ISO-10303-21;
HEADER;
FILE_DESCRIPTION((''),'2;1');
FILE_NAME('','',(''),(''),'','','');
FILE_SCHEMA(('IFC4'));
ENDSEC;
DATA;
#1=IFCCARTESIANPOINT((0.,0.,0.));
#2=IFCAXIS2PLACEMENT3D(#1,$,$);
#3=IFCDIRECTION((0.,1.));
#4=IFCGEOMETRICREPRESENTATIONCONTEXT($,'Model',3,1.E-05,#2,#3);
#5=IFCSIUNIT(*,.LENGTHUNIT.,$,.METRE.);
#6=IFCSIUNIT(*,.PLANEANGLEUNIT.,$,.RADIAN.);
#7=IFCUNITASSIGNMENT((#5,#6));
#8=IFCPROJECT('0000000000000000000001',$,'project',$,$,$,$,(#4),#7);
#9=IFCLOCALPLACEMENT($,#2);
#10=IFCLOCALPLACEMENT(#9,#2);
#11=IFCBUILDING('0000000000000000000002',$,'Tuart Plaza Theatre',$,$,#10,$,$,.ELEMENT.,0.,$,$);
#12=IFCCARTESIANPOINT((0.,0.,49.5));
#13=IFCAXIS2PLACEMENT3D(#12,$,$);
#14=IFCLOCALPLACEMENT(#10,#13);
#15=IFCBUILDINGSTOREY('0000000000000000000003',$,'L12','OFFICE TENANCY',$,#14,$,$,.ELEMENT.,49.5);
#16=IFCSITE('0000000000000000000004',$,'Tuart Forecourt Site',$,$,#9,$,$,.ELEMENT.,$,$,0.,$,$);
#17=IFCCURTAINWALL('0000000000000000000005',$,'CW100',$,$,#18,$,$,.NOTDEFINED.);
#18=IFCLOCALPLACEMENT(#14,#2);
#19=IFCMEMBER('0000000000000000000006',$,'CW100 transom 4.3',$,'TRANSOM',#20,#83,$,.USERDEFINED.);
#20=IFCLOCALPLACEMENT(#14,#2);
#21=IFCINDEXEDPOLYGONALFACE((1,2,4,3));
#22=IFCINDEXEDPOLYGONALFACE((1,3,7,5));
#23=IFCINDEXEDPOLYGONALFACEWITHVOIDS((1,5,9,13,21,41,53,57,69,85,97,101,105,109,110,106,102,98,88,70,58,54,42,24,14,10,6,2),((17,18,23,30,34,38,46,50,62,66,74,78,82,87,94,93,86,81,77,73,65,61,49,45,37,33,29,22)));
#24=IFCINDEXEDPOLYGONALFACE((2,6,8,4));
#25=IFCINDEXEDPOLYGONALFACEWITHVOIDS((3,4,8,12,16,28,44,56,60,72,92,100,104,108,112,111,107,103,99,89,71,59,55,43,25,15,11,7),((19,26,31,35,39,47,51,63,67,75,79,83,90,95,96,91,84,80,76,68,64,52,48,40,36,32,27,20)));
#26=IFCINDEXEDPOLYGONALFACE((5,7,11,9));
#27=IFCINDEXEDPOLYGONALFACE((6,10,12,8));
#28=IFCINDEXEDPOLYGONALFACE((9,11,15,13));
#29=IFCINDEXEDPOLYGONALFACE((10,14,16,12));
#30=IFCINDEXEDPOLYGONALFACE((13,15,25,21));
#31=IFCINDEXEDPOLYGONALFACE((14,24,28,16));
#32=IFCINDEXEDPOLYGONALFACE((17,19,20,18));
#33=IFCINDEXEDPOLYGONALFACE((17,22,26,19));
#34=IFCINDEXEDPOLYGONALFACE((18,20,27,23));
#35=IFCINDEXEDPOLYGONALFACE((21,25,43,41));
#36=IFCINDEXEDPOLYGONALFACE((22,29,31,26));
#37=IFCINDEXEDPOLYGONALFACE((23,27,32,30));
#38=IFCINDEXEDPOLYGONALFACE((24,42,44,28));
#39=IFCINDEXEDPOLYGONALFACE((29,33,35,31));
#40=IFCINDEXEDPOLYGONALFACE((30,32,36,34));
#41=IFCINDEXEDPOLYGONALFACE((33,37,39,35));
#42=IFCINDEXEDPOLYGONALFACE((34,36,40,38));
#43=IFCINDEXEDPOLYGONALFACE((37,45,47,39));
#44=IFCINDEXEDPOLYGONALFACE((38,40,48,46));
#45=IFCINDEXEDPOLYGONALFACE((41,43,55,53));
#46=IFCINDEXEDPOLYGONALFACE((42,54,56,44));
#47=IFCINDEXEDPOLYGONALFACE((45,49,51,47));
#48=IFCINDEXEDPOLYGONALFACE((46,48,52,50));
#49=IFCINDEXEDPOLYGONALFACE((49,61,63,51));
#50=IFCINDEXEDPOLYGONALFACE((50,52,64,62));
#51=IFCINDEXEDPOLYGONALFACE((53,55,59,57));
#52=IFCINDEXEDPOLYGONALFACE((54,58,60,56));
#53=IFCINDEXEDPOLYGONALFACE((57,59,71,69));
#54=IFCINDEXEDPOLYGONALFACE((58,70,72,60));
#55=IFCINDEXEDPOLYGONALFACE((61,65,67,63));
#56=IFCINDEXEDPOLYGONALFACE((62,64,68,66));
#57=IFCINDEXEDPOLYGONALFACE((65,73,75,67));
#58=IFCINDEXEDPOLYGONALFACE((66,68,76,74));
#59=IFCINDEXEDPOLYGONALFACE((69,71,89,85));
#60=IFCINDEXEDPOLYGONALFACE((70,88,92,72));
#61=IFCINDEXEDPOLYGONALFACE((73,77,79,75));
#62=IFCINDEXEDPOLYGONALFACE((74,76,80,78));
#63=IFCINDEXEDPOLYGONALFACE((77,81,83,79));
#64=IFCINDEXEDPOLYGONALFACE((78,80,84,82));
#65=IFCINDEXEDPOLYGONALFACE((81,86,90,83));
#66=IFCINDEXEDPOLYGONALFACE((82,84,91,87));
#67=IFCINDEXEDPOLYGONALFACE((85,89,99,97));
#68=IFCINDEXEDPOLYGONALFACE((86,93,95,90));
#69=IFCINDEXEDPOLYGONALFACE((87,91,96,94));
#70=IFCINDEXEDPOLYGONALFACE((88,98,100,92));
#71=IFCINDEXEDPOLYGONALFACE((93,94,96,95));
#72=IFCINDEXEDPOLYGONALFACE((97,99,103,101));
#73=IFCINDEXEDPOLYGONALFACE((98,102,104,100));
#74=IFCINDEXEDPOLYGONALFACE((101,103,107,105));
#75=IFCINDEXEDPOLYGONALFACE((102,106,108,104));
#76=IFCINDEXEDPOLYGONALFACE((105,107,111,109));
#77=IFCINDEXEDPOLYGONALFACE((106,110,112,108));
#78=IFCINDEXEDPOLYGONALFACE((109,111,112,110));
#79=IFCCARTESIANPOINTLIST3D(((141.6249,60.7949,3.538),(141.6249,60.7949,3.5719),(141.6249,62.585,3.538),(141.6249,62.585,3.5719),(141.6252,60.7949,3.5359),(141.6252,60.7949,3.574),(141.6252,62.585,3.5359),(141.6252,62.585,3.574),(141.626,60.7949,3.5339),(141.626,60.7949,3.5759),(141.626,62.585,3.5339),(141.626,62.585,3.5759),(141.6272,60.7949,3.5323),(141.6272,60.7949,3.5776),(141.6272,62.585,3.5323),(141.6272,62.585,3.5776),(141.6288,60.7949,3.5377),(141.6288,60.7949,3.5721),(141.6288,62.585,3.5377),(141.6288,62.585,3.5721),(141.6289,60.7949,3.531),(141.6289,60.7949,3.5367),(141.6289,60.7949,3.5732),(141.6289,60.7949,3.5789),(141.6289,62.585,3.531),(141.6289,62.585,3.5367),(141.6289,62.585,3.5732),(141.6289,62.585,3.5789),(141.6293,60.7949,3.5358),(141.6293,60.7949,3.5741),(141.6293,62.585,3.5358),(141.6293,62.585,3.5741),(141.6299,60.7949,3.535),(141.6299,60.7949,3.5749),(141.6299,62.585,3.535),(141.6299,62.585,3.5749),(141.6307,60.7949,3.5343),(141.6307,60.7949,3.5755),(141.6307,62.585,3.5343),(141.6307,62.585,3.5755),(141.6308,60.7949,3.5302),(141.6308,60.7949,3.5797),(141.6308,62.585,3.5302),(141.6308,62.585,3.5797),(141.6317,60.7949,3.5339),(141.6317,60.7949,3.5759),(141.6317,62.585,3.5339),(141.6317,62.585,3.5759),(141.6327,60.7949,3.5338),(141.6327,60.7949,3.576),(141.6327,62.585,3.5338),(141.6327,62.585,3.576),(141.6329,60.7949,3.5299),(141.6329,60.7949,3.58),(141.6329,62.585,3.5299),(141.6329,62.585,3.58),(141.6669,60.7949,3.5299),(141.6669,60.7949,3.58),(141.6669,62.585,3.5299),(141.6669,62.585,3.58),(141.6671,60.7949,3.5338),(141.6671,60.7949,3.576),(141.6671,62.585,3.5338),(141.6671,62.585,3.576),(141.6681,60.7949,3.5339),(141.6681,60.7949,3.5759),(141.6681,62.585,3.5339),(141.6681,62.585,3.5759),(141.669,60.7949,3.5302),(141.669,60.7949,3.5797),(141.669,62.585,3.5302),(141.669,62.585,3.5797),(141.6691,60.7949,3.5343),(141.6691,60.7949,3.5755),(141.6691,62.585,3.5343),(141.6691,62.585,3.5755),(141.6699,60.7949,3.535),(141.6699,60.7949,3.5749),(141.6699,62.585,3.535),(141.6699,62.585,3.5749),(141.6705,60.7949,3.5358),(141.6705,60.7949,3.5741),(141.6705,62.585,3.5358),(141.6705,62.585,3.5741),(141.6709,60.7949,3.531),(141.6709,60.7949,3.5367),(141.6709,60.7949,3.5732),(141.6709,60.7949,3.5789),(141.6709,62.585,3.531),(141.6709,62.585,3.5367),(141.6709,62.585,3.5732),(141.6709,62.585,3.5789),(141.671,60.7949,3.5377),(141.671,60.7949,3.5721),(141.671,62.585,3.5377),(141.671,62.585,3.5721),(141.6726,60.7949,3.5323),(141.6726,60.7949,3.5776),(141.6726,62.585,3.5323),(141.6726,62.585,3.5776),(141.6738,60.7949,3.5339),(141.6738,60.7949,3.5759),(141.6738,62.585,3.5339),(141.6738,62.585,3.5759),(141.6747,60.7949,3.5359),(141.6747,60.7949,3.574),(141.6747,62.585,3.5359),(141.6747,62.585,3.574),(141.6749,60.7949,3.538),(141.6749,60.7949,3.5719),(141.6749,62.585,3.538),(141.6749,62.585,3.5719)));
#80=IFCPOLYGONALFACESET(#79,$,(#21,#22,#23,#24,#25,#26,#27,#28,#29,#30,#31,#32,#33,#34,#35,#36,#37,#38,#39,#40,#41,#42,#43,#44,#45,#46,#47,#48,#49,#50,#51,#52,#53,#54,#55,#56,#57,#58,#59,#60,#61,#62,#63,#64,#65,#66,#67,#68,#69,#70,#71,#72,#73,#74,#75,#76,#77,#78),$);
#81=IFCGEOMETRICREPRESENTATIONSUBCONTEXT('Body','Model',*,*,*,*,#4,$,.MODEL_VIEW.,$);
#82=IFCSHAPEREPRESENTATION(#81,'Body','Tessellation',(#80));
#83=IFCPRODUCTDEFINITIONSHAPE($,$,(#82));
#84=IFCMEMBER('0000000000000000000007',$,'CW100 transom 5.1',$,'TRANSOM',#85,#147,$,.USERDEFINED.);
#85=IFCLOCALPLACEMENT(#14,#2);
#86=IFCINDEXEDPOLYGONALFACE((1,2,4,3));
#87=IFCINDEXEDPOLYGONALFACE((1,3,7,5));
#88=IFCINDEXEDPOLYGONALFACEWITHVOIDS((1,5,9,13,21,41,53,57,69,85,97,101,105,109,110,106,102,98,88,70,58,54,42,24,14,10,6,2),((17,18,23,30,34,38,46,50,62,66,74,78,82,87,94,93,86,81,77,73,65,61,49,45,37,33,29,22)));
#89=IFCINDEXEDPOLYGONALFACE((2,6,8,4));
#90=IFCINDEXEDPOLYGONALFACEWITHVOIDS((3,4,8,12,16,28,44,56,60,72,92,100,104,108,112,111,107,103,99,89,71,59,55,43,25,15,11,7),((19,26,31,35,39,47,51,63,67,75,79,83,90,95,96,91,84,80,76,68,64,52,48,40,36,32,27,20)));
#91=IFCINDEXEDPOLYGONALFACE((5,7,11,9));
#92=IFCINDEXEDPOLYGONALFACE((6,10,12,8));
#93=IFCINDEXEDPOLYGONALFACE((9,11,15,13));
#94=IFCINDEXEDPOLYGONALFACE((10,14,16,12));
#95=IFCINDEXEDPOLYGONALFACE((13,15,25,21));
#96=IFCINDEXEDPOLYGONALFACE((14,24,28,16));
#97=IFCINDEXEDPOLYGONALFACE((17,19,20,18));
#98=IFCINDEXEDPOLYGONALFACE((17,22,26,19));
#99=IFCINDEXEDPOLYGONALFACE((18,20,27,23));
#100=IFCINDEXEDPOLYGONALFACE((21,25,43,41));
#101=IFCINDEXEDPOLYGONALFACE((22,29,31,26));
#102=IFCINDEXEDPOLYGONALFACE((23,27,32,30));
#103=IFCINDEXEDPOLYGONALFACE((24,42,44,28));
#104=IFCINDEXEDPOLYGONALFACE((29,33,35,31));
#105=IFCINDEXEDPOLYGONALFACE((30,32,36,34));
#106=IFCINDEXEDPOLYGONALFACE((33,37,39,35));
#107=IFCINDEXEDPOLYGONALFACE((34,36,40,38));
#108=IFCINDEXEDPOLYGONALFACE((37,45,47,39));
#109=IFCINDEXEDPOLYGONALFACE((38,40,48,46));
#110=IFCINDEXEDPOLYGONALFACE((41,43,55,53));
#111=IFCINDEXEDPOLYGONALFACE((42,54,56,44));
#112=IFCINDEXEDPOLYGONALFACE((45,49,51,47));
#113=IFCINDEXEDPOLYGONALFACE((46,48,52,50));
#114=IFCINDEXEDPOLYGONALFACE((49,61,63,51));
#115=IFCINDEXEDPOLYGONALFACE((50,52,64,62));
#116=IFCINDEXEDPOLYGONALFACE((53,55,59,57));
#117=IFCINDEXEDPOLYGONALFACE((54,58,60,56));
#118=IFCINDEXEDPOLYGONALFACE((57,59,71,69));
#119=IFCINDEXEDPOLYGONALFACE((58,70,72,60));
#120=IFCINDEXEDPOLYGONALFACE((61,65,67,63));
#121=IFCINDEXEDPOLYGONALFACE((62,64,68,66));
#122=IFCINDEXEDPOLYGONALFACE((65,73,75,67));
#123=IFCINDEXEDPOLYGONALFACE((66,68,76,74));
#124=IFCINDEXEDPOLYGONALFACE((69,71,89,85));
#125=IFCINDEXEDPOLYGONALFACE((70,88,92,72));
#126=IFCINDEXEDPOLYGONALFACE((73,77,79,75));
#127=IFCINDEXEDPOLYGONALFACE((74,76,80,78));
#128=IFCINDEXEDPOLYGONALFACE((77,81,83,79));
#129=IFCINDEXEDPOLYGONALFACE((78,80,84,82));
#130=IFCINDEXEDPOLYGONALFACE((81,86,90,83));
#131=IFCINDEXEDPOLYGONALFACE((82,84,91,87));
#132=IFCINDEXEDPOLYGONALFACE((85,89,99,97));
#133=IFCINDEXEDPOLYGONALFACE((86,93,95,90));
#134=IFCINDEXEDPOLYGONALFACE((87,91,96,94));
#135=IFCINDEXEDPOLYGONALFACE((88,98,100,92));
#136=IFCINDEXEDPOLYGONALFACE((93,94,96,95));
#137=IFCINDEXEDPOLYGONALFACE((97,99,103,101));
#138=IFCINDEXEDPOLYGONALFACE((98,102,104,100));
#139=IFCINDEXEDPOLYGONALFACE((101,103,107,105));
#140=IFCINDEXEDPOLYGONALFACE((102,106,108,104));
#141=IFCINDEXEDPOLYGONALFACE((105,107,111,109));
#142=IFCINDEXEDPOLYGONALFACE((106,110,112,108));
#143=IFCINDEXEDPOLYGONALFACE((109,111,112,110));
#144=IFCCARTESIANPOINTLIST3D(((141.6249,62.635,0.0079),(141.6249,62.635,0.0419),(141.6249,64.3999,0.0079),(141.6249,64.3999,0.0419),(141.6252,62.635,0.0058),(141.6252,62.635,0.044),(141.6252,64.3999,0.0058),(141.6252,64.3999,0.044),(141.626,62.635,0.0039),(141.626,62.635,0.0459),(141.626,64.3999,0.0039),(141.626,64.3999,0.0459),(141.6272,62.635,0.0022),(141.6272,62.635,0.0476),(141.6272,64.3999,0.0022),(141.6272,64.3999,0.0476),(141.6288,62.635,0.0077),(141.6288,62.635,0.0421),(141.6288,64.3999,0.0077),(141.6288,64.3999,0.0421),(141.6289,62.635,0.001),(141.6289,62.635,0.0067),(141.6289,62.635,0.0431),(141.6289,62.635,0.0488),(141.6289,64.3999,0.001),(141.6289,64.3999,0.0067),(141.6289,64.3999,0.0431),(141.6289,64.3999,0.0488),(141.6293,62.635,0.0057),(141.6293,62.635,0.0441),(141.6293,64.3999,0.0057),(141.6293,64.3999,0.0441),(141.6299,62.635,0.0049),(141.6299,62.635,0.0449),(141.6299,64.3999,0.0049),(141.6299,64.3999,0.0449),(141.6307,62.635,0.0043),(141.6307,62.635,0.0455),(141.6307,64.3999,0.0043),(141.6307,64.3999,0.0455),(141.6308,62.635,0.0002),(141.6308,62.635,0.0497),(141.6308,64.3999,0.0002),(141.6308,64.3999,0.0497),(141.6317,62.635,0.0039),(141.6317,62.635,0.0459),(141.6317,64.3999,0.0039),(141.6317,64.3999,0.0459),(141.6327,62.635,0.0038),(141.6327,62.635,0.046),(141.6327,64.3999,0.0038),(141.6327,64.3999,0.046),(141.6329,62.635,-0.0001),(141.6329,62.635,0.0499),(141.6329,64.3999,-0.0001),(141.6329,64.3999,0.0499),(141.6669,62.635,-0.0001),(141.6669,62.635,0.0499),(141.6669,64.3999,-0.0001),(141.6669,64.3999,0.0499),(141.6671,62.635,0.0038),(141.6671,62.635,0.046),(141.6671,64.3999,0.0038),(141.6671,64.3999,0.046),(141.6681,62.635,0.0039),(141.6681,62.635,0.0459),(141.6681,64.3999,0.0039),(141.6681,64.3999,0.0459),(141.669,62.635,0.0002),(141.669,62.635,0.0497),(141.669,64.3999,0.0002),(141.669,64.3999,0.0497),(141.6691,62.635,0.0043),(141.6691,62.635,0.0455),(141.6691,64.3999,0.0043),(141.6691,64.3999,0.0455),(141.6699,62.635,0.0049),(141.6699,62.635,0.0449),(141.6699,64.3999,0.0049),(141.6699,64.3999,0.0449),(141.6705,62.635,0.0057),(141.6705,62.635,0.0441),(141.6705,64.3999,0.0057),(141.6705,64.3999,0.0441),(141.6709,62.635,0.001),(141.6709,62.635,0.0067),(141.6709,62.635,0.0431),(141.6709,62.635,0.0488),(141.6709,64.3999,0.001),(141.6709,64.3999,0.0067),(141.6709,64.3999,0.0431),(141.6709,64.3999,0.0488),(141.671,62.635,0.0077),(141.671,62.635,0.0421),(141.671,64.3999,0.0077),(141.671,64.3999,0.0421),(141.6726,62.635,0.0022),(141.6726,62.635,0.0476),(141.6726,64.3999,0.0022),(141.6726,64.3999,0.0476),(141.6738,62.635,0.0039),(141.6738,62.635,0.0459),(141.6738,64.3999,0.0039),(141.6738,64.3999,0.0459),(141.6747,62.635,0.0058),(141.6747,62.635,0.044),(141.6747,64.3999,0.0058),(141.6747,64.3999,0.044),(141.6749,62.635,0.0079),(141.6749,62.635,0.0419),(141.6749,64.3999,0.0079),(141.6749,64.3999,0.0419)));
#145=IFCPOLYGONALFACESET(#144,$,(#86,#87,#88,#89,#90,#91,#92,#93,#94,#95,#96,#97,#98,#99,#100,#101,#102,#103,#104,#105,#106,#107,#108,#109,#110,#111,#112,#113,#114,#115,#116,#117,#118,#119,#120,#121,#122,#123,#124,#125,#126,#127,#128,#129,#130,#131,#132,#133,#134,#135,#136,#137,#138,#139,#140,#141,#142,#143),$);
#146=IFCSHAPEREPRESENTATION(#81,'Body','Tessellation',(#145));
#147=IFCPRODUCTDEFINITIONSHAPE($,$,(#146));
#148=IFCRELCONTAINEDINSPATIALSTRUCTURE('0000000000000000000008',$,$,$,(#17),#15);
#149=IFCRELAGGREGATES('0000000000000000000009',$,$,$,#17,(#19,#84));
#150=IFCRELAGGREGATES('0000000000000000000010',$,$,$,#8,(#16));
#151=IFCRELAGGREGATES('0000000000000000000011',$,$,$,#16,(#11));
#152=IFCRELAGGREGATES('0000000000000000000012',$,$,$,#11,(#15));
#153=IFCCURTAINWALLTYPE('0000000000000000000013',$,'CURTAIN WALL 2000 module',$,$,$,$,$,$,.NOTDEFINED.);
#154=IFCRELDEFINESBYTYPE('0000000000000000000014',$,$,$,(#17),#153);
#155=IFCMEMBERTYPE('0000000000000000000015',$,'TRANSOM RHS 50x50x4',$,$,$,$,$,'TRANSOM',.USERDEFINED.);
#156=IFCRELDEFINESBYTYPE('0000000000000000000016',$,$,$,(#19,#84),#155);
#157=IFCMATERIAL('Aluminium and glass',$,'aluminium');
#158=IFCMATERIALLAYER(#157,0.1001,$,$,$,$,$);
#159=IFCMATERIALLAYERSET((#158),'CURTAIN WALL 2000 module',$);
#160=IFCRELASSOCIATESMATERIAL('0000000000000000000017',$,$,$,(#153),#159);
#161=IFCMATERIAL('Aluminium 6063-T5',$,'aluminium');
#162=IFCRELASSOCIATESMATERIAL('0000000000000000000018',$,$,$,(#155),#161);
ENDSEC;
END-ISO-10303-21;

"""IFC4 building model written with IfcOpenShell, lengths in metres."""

from ifc_helpers import new_model, si_unit, direction, frame, origin, origin_2d, place, context, subcontext, project, spatial, hollow_rectangle, extrude, material, layer, layer_set, material_profile, profile_set, type_object, element, aggregate, save


model = new_model("IFC4")

# Units and contexts
model_context = context("Model", 3, precision=1e-05, world=origin(), true_north=direction((0.0, 1.0)))
body_context = subcontext(model_context, "Body", "Model", "MODEL_VIEW")
ifc_project = project(units=[si_unit("LENGTHUNIT", "METRE"), si_unit("PLANEANGLEUNIT", "RADIAN")], contexts=[model_context])

# Site, building, storey
site_placement = place(None, origin())
site = spatial("IfcSite", under=ifc_project, at=site_placement, Name="Tuart Forecourt Site", CompositionType="ELEMENT", RefElevation=0.0)
building_placement = place(site_placement, origin())
building = spatial("IfcBuilding", under=site, at=building_placement, Name="Tuart Plaza Theatre", CompositionType="ELEMENT", ElevationOfRefHeight=0.0)
storey_placement = place(building_placement, frame((0.0, 0.0, 49.5)))
storey = spatial("IfcBuildingStorey", under=building, at=storey_placement, Name="L12", Description="OFFICE TENANCY", CompositionType="ELEMENT", Elevation=49.5)

# Curtain wall
ifc_material_1 = material(Name="Aluminium and glass", Category="aluminium")
ifc_layer_1 = layer(ifc_material_1, 0.1001)
ifc_layer_set_1 = layer_set([ifc_layer_1], Name="CURTAIN WALL 2000 module")
curtain_wall_type = type_object("IfcCurtainWallType", Name="CURTAIN WALL 2000 module", PredefinedType="NOTDEFINED", material=ifc_layer_set_1)
curtain_wall_1_placement = place(storey_placement, origin())
curtain_wall_1 = element("IfcCurtainWall", 1, at=curtain_wall_1_placement, inside=storey, type_object=curtain_wall_type, Name="CW100", PredefinedType="NOTDEFINED")

# Members
ifc_material_2 = material(Name="Aluminium 6063-T5", Category="aluminium")
ifc_material_profile_1 = material_profile(ifc_material_2, hollow_rectangle(XDim=0.05, YDim=0.05, WallThickness=0.0039, InnerFilletRadius=0.0039, OuterFilletRadius=0.0081, at=origin_2d()), Name="RHS 50x50x4")
ifc_profile_set_1 = profile_set([ifc_material_profile_1], Name="Aluminium 6063-T5")
member_type_1 = type_object("IfcMemberType", Name="TRANSOM RHS 50x50x4", ElementType="TRANSOM", PredefinedType="USERDEFINED", material=ifc_profile_set_1)
member_1_placement = place(storey_placement, frame((141.6499, 60.7949, 3.5549), z_axis=(0.0, 1.0, 0.0), x_axis=(-1.0, 0.0, 0.0)))
member_1 = element("IfcMember", 2, at=member_1_placement, type_object=member_type_1, Name="CW100 transom 4.3", ObjectType="TRANSOM", PredefinedType="USERDEFINED", context=body_context, shape_type="SweptSolid", body=[
    extrude(hollow_rectangle(XDim=0.05, YDim=0.05, WallThickness=0.0039, InnerFilletRadius=0.0039, OuterFilletRadius=0.0081, at=origin_2d()), origin(), (0.0, 0.0, 1.0), 1.79),
])
member_2_placement = place(storey_placement, frame((141.6499, 62.635, 0.0249), z_axis=(0.0, 1.0, 0.0), x_axis=(-1.0, 0.0, 0.0)))
member_2 = element("IfcMember", 3, at=member_2_placement, type_object=member_type_1, Name="CW100 transom 5.1", ObjectType="TRANSOM", PredefinedType="USERDEFINED", context=body_context, shape_type="SweptSolid", body=[
    extrude(hollow_rectangle(XDim=0.05, YDim=0.05, WallThickness=0.0039, InnerFilletRadius=0.0039, OuterFilletRadius=0.0081, at=origin_2d()), origin(), (0.0, 0.0, 1.0), 1.7649),
])

aggregate(curtain_wall_1, [member_1, member_2])

save(model, "model.ifc")
